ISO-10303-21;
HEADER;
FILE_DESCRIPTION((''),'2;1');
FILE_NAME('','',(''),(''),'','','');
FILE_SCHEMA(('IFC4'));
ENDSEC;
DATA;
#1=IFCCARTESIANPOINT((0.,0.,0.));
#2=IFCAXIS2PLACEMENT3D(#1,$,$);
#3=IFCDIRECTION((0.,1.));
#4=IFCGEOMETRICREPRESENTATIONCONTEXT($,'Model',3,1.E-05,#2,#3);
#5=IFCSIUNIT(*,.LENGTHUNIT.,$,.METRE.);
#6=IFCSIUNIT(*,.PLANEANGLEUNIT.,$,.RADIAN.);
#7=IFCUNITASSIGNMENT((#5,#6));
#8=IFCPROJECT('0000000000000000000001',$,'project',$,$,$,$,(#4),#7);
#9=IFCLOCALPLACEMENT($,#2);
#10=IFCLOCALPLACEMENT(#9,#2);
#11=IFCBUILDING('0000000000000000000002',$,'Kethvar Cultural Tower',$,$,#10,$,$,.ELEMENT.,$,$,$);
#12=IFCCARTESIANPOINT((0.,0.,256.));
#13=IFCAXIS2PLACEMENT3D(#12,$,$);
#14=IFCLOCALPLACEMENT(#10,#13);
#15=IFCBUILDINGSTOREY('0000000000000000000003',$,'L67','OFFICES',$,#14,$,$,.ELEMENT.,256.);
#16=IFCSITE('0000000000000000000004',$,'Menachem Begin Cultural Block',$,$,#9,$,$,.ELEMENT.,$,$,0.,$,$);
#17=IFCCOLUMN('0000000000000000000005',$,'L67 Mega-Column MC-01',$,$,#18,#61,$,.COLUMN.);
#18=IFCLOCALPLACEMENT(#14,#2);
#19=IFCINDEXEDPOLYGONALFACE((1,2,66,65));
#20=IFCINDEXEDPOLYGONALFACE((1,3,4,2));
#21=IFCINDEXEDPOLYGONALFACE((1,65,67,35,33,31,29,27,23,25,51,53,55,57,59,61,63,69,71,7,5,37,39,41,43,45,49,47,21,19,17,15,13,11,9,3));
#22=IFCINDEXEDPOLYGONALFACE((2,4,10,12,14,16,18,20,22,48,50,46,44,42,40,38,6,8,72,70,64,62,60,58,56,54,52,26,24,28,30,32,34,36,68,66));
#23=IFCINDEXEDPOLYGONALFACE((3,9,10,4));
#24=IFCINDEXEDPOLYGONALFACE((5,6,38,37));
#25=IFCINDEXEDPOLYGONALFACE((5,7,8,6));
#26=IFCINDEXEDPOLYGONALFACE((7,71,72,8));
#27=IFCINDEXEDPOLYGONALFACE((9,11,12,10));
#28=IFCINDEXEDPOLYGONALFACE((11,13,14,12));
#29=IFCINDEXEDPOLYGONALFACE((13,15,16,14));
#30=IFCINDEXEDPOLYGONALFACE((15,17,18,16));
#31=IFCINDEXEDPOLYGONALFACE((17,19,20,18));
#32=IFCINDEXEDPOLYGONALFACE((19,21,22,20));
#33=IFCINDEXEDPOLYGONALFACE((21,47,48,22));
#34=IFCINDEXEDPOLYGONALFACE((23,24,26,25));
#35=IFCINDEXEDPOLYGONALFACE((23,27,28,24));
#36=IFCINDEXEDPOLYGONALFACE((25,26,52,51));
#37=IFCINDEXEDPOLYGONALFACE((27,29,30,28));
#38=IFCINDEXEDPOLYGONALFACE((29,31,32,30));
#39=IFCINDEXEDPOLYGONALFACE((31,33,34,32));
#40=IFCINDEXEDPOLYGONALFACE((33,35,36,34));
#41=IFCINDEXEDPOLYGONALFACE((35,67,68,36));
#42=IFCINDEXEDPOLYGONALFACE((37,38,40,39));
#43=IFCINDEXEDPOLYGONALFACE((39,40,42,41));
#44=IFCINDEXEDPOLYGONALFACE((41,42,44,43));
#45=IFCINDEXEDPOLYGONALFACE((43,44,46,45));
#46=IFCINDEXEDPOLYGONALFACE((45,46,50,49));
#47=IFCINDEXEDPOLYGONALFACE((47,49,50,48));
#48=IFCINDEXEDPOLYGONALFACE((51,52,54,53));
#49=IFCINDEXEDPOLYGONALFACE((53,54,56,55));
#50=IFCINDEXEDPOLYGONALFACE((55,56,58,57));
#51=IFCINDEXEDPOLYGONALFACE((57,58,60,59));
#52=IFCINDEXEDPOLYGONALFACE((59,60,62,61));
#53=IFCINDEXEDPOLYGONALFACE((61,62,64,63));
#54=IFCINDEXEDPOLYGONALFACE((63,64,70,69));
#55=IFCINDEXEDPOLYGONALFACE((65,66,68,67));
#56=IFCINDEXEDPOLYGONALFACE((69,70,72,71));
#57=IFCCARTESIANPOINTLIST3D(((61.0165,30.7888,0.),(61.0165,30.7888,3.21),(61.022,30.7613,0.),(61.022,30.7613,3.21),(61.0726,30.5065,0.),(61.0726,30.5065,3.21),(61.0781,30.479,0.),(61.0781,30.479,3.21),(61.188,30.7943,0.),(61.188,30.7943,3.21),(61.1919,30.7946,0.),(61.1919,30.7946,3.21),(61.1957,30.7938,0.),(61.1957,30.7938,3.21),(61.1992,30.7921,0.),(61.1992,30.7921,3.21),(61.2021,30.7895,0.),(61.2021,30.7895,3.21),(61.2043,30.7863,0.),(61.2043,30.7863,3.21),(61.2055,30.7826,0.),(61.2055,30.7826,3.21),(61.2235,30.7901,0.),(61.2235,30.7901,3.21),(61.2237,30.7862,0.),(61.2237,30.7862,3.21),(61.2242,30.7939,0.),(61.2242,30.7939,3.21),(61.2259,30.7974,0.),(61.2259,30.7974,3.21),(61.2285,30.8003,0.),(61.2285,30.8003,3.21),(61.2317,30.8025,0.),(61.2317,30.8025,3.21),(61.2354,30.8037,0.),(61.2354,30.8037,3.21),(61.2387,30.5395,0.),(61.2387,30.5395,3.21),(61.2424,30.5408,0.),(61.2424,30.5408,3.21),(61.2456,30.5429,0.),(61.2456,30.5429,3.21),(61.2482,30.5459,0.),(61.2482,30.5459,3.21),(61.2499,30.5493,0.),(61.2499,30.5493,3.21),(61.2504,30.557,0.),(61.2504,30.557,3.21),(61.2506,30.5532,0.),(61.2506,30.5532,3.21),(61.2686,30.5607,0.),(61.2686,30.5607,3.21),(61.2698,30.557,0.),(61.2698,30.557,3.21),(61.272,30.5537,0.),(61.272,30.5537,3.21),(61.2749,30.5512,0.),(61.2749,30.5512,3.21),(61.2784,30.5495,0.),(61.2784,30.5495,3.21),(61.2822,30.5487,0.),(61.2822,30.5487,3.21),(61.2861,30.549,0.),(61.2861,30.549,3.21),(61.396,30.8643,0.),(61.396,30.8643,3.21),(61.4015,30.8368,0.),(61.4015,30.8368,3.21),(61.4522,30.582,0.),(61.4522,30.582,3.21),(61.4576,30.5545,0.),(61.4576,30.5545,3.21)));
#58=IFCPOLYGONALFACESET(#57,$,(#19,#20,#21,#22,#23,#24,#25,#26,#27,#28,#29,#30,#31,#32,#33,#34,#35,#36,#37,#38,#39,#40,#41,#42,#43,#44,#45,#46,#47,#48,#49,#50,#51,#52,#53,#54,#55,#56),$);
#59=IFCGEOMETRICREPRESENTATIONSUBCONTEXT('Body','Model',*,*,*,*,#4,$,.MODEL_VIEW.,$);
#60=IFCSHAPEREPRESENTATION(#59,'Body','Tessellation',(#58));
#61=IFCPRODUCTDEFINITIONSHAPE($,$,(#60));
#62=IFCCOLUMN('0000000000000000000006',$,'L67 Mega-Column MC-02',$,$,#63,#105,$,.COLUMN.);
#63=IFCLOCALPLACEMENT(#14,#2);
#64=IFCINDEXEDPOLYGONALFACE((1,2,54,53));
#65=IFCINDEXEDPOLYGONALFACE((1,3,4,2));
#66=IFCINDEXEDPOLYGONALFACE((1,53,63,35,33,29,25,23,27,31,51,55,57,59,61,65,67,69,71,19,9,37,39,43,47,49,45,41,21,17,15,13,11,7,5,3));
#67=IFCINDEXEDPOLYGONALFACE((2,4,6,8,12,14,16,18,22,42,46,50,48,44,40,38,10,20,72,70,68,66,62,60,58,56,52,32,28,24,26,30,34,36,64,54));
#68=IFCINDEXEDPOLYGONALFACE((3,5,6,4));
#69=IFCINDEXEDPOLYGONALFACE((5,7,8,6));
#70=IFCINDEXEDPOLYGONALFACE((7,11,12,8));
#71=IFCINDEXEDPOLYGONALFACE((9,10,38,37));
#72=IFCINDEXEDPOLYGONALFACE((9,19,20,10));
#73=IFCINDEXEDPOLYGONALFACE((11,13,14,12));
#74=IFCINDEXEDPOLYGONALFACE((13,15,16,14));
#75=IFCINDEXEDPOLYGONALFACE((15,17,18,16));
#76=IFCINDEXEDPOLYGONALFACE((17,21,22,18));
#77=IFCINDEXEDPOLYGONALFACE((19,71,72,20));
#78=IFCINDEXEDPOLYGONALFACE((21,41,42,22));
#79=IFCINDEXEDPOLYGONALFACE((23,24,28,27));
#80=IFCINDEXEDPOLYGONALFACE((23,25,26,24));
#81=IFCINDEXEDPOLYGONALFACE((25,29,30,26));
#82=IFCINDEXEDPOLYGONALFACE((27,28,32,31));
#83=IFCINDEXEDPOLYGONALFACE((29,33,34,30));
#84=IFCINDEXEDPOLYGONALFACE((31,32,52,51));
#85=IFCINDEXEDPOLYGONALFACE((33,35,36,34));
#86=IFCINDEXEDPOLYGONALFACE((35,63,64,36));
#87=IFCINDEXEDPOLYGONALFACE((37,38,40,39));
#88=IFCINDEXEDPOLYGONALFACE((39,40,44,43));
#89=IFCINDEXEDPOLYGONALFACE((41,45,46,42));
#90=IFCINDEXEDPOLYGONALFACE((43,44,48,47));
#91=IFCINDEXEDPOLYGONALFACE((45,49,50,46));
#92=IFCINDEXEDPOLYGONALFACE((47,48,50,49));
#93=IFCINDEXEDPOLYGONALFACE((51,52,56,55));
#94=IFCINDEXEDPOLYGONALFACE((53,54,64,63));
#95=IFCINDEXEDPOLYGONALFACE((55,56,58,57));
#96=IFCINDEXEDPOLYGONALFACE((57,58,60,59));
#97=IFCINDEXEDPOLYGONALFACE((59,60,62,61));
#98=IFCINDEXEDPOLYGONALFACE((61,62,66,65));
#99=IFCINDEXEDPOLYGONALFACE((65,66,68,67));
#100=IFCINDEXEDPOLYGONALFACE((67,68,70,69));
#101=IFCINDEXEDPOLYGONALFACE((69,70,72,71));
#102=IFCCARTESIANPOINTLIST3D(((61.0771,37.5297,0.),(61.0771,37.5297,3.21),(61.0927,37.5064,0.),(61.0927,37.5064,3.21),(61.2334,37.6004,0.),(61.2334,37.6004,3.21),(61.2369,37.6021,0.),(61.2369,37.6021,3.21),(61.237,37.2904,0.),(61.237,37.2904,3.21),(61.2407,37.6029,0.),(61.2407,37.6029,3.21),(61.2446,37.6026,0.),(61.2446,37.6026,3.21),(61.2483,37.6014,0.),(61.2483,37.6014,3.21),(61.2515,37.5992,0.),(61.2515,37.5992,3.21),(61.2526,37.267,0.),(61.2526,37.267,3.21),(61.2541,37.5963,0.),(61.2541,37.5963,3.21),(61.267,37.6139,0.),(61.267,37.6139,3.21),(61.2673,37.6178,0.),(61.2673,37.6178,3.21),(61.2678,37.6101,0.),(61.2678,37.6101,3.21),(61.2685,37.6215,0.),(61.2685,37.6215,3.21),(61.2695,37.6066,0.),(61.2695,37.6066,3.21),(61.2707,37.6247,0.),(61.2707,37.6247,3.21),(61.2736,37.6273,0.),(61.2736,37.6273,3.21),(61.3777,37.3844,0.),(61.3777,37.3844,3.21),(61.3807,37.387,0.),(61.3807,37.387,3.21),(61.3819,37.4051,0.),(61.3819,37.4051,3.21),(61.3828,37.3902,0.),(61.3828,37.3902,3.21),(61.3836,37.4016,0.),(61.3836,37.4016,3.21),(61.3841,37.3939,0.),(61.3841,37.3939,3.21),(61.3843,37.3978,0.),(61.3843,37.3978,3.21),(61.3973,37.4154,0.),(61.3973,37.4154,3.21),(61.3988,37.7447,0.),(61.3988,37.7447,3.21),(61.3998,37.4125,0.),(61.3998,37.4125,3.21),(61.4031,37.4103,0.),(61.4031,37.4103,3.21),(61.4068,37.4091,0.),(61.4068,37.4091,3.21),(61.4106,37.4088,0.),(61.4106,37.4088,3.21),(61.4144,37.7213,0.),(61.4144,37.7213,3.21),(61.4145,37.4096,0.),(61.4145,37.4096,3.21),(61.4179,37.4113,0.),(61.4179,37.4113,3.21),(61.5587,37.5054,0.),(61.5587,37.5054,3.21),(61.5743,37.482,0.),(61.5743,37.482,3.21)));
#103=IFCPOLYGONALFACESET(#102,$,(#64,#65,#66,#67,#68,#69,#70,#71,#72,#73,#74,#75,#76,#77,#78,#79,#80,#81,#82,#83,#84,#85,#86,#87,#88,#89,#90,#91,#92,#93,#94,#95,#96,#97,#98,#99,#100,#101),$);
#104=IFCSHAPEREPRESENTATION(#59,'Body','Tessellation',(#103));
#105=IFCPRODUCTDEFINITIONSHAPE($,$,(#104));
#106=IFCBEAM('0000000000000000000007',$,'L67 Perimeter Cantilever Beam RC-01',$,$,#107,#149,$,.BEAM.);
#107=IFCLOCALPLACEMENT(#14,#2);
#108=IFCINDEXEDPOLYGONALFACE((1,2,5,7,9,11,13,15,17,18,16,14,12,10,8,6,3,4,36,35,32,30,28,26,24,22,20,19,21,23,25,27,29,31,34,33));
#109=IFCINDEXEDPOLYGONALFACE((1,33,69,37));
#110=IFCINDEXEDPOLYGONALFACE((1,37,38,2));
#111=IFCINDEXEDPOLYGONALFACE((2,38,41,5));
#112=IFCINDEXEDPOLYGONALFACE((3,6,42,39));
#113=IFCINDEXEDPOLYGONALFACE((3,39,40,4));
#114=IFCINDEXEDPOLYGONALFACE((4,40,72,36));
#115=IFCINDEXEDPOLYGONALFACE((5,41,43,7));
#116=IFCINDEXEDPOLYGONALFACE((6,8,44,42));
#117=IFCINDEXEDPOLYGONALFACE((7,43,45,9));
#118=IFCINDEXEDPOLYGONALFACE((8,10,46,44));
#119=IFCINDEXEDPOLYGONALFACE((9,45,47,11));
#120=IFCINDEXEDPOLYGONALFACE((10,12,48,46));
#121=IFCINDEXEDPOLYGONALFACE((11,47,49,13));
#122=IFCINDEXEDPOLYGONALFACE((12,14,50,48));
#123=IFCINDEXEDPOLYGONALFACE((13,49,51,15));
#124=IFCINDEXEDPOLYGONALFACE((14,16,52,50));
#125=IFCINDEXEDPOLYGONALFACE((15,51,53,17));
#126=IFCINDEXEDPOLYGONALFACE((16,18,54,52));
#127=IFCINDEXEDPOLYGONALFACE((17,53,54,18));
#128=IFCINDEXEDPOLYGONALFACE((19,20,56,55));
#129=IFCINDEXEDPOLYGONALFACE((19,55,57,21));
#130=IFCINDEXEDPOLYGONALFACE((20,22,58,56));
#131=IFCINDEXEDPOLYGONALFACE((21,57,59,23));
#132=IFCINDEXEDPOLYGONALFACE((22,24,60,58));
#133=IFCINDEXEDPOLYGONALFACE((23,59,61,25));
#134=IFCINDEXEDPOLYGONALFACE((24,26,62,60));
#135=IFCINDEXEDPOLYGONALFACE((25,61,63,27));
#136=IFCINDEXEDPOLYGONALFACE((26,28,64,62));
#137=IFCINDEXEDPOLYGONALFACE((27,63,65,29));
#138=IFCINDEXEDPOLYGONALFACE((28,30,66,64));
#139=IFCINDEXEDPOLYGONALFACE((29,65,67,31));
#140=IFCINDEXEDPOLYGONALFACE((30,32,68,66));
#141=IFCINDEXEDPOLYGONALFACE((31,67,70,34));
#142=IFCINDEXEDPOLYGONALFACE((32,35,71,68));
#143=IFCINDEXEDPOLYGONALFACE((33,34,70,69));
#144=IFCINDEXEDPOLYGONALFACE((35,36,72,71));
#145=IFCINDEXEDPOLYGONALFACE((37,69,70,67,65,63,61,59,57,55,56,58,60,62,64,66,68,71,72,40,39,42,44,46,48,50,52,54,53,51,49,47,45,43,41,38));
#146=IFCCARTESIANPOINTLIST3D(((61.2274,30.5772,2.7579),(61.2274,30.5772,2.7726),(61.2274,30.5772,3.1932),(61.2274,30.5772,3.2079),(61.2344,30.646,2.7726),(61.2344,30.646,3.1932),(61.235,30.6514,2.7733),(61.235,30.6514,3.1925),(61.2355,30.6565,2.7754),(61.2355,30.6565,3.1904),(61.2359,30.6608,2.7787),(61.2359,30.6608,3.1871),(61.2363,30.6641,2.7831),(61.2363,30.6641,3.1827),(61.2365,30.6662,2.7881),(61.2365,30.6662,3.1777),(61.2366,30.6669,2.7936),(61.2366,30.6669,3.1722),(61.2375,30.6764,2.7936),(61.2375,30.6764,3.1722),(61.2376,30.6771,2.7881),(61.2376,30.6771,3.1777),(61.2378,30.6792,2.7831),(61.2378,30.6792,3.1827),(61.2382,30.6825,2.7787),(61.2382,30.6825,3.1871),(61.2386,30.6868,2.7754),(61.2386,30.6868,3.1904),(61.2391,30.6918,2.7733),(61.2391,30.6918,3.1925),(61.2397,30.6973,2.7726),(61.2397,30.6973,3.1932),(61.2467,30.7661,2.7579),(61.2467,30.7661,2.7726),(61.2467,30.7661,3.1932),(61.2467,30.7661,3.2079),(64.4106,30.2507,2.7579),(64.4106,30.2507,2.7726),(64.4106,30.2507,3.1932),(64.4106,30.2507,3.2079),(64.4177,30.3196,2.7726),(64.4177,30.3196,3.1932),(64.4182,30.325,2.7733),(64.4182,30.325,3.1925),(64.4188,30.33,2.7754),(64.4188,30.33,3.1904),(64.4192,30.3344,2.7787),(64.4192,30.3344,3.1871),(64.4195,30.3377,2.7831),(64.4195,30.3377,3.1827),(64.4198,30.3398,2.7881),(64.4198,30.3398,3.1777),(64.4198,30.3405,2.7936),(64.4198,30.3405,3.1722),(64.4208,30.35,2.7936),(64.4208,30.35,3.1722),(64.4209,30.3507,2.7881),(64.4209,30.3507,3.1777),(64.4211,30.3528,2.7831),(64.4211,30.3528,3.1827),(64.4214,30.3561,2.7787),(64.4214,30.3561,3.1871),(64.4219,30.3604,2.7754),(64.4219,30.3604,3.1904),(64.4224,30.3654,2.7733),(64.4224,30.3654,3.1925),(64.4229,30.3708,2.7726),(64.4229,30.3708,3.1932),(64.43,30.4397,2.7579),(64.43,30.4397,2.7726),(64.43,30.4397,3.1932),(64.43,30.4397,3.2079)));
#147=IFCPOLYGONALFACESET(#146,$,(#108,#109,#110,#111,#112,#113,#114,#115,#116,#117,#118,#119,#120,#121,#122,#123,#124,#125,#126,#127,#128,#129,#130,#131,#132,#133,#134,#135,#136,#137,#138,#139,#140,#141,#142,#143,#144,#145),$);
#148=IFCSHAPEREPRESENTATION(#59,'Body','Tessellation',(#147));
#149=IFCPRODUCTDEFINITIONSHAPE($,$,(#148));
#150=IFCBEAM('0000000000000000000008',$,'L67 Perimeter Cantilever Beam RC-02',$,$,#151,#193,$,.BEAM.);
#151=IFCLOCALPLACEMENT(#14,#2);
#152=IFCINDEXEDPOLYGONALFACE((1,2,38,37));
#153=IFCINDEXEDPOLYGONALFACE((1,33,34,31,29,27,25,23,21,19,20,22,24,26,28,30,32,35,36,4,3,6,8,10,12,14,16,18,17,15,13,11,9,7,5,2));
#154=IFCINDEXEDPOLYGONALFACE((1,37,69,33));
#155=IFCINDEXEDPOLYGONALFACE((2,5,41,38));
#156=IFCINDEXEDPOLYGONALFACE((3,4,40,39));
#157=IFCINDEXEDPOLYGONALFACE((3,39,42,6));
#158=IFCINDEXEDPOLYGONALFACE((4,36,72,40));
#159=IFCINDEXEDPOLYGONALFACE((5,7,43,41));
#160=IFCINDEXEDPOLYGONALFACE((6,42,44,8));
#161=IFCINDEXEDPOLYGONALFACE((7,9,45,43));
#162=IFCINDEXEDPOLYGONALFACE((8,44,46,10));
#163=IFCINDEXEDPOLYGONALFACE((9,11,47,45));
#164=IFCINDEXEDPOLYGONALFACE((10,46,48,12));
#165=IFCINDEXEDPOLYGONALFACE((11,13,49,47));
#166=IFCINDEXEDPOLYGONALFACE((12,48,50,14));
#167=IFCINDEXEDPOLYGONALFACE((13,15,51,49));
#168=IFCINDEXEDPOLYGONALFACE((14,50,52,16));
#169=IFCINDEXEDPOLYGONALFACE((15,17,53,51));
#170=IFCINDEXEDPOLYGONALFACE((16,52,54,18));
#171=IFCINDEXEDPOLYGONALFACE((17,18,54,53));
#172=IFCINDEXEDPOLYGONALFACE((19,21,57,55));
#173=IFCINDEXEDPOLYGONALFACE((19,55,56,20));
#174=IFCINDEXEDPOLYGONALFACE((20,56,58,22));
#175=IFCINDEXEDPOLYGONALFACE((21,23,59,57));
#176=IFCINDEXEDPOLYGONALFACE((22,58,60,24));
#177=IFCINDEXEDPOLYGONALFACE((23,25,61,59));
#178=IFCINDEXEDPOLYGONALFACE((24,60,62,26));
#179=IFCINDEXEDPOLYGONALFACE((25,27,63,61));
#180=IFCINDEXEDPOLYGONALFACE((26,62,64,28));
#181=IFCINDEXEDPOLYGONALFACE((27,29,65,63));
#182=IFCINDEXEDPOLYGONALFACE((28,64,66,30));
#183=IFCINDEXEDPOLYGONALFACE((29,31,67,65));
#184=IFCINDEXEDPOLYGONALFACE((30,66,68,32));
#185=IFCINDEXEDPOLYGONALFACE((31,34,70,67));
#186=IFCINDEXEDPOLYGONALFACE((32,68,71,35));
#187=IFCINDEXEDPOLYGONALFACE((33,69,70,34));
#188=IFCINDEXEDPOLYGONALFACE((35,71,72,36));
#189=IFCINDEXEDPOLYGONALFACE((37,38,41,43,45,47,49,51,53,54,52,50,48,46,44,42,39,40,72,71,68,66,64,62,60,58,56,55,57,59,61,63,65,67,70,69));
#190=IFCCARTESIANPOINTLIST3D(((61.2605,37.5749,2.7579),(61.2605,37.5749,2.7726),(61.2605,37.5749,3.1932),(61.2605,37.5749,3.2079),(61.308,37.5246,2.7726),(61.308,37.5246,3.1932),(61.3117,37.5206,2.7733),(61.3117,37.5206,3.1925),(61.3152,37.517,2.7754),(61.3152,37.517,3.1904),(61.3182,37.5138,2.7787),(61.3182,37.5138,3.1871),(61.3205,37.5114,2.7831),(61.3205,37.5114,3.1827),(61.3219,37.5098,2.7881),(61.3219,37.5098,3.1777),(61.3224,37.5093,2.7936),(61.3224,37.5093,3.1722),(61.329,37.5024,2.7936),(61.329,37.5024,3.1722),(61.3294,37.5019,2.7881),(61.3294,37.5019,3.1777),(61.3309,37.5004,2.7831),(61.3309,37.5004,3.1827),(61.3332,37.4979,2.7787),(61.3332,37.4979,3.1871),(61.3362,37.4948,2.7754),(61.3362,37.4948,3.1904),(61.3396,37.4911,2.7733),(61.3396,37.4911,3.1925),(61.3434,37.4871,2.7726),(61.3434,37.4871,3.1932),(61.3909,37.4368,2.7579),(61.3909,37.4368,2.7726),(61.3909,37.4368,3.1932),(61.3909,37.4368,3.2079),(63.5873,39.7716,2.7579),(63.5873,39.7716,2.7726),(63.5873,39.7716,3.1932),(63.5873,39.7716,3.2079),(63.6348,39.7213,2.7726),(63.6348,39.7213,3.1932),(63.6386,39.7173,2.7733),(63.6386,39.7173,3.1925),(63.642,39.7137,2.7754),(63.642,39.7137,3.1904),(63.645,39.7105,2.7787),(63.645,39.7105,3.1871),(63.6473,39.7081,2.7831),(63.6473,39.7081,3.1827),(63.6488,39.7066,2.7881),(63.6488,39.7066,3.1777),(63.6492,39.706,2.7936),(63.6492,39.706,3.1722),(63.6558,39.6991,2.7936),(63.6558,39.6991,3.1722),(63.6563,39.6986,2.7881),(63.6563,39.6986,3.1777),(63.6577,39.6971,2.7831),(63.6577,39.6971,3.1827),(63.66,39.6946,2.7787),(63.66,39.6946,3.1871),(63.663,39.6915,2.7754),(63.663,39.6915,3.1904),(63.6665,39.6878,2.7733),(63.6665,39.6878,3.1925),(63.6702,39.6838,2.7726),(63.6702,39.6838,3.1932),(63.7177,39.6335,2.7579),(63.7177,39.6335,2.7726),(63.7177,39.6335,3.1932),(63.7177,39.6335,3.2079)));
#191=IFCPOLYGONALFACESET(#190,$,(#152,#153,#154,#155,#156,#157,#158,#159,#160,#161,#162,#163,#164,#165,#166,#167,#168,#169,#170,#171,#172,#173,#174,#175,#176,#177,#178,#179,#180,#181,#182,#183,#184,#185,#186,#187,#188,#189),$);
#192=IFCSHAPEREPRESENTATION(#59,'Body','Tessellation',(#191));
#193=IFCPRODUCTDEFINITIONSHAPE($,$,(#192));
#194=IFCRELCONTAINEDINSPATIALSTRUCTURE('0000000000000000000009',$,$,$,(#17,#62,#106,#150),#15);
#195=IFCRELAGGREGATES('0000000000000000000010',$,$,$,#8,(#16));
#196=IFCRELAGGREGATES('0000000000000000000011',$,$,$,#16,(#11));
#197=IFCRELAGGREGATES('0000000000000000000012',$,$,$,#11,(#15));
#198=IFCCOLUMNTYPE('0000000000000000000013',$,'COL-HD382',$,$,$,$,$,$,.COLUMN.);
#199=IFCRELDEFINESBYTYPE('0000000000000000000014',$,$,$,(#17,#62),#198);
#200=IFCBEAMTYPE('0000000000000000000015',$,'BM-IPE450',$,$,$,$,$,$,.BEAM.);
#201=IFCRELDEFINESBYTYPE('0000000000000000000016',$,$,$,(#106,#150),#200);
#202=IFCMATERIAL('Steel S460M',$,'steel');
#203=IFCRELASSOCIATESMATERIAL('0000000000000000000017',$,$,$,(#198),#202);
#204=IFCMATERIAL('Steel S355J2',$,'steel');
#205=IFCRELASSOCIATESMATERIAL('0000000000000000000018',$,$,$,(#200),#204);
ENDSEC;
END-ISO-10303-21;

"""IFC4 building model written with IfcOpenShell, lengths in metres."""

from ifc_helpers import new_model, si_unit, direction, frame, origin, origin_2d, place, context, subcontext, project, spatial, i_section, extrude, source, transform, mapped, material, material_profile, profile_set, type_object, element, save


model = new_model("IFC4")

# Units and contexts
model_context = context("Model", 3, precision=1e-05, world=origin(), true_north=direction((0.0, 1.0)))
body_context = subcontext(model_context, "Body", "Model", "MODEL_VIEW")
ifc_project = project(units=[si_unit("LENGTHUNIT", "METRE"), si_unit("PLANEANGLEUNIT", "RADIAN")], contexts=[model_context])

# Site, building, storey
site_placement = place(None, origin())
site = spatial("IfcSite", under=ifc_project, at=site_placement, Name="Menachem Begin Cultural Block", CompositionType="ELEMENT", RefElevation=0.0)
building_placement = place(site_placement, origin())
building = spatial("IfcBuilding", under=site, at=building_placement, Name="Kethvar Cultural Tower", CompositionType="ELEMENT")
storey_placement = place(building_placement, frame((0.0, 0.0, 256.0)))
storey = spatial("IfcBuildingStorey", under=building, at=storey_placement, Name="L67", Description="OFFICES", CompositionType="ELEMENT", Elevation=256.0)

# Columns
ifc_material_1 = material(Name="Steel S460M", Category="steel")
ifc_material_profile_1 = material_profile(ifc_material_1, i_section(OverallWidth=0.387, OverallDepth=0.3159, WebThickness=0.0186, FlangeThickness=0.0281, FilletRadius=0.0149, at=origin_2d()), Name="Steel S460M — HD400x382")
ifc_profile_set_1 = profile_set([ifc_material_profile_1], Name="Steel S460M — HD400x382")
column_type = type_object("IfcColumnType", Name="COL-HD382", PredefinedType="COLUMN", material=ifc_profile_set_1)
shared_shape_1 = source(origin(), body_context, "Body", "SweptSolid", [
    extrude(i_section(OverallWidth=0.387, OverallDepth=0.3159, WebThickness=0.0186, FlangeThickness=0.0281, FilletRadius=0.0149, at=origin_2d()), origin(), (0.0, 0.0, 1.0), 3.21),
])
for number, where, z_axis, x_axis, name in (
    (1, (61.2371, 30.6716, 0.0), (0.0, 0.0, 1.0), (0.980785, 0.19509, 0.0), "L67 Mega-Column MC-01"),
    (2, (61.3257, 37.5059, 0.0), (0.0, 0.0, 1.0), (0.83147, 0.55557, 0.0), "L67 Mega-Column MC-02"),
):
    element("IfcColumn", number, at=place(storey_placement, frame(where, z_axis=z_axis, x_axis=x_axis)), inside=storey, type_object=column_type, Name=name, PredefinedType="COLUMN", context=body_context, shape_type="MappedRepresentation", body=[
        mapped(shared_shape_1, transform((0.0, 0.0, 0.0), scale=1.0)),
    ])

# Beams
ifc_material_2 = material(Name="Steel S355J2", Category="steel")
ifc_material_profile_2 = material_profile(ifc_material_2, i_section(OverallWidth=0.1899, OverallDepth=0.45, WebThickness=0.0095, FlangeThickness=0.0146, FilletRadius=0.021, at=origin_2d()), Name="Steel S355J2 — IPE450")
ifc_profile_set_2 = profile_set([ifc_material_profile_2], Name="Steel S355J2 — IPE450")
beam_type_1 = type_object("IfcBeamType", Name="BM-IPE450", PredefinedType="BEAM", material=ifc_profile_set_2)
shared_shape_2 = source(origin(), body_context, "Body", "SweptSolid", [
    extrude(i_section(OverallWidth=0.1899, OverallDepth=0.45, WebThickness=0.0095, FlangeThickness=0.0146, FilletRadius=0.021, at=origin_2d()), origin(), (0.0, 0.0, 1.0), 3.2),
])
for number, where, z_axis, x_axis, name in (
    (3, (61.2371, 30.6716, 2.9829), (0.994784, -0.102004, 0.0), (0.102004, 0.994784, 0.0), "L67 Perimeter Cantilever Beam RC-01"),
    (4, (61.3257, 37.5059, 2.9829), (0.727146, 0.686482, 0.0), (-0.686482, 0.727146, 0.0), "L67 Perimeter Cantilever Beam RC-02"),
):
    element("IfcBeam", number, at=place(storey_placement, frame(where, z_axis=z_axis, x_axis=x_axis)), inside=storey, type_object=beam_type_1, Name=name, PredefinedType="BEAM", context=body_context, shape_type="MappedRepresentation", body=[
        mapped(shared_shape_2, transform((0.0, 0.0, 0.0), scale=1.0)),
    ])

save(model, "model.ifc")
